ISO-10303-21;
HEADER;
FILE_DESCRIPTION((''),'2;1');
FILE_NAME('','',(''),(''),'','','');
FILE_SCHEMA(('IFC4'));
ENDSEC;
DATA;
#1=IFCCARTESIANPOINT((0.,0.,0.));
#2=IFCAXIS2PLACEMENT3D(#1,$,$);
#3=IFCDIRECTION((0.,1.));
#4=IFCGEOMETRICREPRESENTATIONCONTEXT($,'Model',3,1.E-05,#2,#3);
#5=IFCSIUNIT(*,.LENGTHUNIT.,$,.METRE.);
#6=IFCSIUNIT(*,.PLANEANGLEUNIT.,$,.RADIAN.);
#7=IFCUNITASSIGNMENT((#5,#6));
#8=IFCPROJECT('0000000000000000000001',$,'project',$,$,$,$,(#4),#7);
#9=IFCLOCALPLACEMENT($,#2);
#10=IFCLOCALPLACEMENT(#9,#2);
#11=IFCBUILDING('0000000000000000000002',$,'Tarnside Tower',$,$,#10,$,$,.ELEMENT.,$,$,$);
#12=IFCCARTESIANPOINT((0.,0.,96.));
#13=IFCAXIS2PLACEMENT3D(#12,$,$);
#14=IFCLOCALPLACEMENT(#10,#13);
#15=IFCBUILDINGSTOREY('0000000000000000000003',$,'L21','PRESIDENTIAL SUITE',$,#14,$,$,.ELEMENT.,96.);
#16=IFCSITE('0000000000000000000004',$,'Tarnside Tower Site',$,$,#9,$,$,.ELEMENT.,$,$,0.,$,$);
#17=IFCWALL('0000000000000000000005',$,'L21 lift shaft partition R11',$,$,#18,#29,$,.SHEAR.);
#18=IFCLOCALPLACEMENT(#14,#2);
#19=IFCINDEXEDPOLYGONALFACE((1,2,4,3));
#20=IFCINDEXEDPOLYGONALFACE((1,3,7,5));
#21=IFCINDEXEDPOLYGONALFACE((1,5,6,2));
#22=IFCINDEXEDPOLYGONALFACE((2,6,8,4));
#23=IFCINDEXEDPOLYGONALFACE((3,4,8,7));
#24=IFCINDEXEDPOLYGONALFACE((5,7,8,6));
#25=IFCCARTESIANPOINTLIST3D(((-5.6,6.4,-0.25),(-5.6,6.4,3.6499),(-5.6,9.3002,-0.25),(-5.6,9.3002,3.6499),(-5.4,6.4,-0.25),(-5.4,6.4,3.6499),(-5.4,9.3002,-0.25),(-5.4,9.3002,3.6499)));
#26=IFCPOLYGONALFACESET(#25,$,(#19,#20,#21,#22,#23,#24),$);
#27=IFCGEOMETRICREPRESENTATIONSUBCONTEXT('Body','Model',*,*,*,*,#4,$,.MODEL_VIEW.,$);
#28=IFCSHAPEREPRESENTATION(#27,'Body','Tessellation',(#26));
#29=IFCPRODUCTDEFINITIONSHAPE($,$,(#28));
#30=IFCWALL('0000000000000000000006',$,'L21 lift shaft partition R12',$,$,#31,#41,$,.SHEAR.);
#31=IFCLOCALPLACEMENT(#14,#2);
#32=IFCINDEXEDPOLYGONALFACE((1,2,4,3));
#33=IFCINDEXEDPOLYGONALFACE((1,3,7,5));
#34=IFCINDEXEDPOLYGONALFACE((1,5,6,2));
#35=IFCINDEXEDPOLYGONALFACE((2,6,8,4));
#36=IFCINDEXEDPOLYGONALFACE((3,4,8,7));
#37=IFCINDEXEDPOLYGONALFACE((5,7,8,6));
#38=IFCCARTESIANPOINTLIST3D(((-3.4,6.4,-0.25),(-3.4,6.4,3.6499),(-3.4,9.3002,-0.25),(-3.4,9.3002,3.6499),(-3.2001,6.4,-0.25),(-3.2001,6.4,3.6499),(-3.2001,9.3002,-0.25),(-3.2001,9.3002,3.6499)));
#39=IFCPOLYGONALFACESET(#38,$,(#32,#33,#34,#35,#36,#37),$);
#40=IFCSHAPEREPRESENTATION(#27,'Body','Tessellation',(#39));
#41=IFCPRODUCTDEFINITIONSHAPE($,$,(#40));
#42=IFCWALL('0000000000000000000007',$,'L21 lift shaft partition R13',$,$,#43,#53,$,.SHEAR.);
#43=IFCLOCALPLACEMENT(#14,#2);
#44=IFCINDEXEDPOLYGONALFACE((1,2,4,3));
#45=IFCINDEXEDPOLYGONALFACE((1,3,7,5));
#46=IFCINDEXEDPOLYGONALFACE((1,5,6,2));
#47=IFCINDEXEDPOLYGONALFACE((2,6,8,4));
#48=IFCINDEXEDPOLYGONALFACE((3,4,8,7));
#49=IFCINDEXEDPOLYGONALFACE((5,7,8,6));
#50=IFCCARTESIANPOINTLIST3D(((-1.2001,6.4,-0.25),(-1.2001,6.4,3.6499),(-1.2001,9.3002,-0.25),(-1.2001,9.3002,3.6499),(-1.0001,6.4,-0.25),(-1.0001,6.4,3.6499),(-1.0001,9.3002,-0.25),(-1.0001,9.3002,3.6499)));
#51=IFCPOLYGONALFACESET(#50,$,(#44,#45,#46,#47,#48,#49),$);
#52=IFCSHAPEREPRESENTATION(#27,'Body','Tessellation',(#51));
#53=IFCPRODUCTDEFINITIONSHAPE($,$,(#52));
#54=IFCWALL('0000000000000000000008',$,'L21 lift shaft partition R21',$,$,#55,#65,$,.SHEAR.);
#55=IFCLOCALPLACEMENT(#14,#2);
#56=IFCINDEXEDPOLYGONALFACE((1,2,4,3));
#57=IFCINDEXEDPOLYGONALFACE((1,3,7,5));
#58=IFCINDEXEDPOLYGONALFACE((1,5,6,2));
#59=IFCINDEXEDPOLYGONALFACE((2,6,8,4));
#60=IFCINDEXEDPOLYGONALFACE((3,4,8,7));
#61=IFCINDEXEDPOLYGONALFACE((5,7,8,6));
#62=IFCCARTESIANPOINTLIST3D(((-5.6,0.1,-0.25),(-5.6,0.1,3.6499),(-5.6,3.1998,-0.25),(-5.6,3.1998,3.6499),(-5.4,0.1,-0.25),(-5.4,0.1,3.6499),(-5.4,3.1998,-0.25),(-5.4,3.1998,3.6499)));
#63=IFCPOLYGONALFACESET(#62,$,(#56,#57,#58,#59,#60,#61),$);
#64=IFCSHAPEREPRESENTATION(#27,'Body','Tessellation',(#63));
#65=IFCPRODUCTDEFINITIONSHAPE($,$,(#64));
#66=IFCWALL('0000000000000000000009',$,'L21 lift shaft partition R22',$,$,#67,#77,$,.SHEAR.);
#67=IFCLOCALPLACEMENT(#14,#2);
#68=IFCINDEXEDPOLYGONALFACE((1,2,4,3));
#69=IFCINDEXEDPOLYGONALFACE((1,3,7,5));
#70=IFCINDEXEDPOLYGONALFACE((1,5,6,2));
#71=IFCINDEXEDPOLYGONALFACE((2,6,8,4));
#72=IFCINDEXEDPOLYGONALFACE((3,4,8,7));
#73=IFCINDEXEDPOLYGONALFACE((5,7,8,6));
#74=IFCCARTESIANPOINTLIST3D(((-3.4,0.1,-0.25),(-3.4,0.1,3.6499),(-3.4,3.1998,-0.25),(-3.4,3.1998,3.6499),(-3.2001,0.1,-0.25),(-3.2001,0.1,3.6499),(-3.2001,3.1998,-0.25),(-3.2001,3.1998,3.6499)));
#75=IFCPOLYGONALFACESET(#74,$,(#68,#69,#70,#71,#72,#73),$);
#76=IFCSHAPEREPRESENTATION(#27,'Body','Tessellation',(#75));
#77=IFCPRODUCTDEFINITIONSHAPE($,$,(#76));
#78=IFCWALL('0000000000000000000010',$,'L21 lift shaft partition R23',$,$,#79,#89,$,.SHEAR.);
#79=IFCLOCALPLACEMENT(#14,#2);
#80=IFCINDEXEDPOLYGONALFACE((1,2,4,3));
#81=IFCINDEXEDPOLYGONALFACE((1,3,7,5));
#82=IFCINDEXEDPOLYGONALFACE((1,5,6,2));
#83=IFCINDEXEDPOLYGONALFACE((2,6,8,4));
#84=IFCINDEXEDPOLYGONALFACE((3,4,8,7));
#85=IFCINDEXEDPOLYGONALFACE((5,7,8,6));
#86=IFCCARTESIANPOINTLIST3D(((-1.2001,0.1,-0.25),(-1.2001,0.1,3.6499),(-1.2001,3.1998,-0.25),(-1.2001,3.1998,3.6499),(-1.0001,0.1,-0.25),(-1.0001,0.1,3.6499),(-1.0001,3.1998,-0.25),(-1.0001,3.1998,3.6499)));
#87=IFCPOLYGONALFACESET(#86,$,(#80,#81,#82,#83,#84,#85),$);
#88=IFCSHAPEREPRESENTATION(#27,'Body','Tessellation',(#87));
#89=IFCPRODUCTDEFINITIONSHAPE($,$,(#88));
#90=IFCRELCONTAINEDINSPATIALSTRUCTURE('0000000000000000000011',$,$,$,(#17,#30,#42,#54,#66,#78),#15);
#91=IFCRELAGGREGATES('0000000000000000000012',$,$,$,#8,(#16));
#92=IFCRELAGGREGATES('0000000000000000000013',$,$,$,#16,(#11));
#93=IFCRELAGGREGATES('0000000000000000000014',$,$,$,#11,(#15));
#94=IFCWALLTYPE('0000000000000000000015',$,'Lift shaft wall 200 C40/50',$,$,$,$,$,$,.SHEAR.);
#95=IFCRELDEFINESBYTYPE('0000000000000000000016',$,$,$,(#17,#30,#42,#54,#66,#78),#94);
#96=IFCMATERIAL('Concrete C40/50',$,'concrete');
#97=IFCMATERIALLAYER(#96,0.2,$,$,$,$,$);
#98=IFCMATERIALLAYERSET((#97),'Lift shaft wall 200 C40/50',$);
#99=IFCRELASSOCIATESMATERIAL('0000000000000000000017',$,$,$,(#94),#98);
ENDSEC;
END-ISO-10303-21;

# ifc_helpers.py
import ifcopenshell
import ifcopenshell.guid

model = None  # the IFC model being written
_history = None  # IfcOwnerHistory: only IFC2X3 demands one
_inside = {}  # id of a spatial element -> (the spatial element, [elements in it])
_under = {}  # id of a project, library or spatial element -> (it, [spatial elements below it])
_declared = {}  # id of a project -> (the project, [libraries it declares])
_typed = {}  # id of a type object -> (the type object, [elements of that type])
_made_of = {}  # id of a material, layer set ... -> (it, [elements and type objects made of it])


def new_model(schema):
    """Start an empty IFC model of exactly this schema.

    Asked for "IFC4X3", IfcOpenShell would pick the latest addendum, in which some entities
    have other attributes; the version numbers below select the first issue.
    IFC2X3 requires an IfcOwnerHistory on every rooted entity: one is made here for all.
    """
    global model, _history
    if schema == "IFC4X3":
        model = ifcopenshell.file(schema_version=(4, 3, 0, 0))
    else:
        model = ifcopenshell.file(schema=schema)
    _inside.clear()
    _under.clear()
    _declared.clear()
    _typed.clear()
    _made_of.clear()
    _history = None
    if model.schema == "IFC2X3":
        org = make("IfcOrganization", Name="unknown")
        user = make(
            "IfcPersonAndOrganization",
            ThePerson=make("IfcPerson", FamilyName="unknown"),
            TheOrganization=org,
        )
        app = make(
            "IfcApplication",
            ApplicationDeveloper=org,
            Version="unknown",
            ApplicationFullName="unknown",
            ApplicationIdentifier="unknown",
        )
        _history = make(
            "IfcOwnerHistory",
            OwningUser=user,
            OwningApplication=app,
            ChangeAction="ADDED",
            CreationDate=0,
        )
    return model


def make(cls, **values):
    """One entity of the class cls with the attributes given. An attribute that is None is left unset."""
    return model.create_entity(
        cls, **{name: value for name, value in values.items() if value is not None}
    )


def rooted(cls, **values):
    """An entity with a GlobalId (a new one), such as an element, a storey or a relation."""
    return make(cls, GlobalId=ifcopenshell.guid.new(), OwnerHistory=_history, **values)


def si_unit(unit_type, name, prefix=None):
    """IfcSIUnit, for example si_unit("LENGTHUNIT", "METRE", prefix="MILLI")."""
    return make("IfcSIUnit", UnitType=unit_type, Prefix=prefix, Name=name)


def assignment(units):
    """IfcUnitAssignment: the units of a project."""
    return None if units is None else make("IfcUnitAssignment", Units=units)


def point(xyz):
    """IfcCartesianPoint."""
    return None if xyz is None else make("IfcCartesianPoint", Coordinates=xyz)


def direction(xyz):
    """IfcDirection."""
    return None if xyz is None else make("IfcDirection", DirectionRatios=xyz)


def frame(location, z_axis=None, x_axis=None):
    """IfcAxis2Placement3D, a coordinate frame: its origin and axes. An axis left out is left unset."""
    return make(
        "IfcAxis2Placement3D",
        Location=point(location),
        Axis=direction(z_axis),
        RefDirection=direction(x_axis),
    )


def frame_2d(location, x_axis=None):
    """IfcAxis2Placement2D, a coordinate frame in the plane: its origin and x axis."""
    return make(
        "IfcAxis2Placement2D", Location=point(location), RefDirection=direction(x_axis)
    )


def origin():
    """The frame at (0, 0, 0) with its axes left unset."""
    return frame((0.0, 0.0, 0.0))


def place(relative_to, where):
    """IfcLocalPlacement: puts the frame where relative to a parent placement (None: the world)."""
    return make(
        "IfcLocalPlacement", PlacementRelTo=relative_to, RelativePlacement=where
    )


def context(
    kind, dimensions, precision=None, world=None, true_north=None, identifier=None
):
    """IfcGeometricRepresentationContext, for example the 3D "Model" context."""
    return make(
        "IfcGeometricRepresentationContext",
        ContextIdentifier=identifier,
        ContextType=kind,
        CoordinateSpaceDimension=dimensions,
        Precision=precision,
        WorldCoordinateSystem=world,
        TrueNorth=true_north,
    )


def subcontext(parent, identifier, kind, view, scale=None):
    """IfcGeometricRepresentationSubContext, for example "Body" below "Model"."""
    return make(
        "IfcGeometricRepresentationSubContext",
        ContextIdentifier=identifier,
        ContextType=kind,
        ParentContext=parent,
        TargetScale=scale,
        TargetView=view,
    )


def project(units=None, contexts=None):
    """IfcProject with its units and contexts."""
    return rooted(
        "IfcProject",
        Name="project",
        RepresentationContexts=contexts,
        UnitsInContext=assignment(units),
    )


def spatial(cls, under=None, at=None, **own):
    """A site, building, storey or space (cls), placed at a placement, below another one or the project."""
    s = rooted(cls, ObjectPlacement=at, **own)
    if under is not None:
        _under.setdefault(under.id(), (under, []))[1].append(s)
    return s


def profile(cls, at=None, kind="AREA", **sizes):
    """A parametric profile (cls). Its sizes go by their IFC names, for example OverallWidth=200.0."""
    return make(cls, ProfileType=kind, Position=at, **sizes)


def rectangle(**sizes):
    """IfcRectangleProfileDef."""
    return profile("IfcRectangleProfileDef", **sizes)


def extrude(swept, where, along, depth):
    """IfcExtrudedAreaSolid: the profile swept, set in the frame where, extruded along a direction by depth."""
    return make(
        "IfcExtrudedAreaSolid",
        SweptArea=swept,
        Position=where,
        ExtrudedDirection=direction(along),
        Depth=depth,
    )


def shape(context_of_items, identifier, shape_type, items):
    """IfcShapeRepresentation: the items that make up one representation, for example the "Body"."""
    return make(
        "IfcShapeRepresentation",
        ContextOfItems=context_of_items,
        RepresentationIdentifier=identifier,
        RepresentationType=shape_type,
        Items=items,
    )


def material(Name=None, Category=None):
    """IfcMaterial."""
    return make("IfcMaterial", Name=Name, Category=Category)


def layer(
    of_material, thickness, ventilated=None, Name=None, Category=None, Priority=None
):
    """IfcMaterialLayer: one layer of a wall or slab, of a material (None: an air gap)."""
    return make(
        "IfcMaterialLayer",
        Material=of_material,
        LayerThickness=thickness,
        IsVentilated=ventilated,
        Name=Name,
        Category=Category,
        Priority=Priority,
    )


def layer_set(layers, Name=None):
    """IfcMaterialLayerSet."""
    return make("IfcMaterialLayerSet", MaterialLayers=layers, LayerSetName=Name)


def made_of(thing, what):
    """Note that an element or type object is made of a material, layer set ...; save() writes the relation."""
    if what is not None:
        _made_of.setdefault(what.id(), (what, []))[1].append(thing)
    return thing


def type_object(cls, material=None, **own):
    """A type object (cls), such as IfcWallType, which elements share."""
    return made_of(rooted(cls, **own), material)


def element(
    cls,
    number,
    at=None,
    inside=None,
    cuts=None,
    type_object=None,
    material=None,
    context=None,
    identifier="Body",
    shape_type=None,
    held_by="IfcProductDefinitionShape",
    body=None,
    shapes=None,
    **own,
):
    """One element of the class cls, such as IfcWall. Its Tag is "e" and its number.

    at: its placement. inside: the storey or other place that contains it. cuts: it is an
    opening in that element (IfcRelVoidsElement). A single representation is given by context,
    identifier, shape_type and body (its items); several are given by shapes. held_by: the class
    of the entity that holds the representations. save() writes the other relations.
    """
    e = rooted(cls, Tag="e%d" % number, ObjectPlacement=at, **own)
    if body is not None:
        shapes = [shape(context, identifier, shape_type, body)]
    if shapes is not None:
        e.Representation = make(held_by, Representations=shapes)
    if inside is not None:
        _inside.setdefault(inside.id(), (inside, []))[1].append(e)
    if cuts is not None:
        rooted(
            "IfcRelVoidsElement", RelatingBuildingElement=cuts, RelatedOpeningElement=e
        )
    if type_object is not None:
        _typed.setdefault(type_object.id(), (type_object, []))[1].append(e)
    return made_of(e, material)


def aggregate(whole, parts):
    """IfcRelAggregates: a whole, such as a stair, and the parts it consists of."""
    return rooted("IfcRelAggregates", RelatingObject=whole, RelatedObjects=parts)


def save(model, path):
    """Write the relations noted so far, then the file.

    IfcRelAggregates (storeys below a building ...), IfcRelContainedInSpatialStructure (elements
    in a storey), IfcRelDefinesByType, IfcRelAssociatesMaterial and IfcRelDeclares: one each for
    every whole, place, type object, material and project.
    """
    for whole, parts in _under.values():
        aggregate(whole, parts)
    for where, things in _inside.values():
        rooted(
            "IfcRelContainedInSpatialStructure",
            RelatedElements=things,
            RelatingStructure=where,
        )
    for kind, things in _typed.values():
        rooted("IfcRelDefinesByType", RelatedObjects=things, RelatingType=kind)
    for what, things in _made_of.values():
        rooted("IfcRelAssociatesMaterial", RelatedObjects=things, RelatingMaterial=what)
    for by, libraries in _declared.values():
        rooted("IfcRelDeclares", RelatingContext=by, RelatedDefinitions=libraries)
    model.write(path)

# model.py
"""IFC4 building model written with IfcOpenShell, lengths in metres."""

from ifc_helpers import new_model, si_unit, direction, frame, frame_2d, origin, place, context, subcontext, project, spatial, rectangle, extrude, material, layer, layer_set, type_object, element, save


model = new_model("IFC4")

# Units and contexts
model_context = context("Model", 3, precision=1e-05, world=origin(), true_north=direction((0.0, 1.0)))
body_context = subcontext(model_context, "Body", "Model", "MODEL_VIEW")
ifc_project = project(units=[si_unit("LENGTHUNIT", "METRE"), si_unit("PLANEANGLEUNIT", "RADIAN")], contexts=[model_context])

# Site, building, storey
site_placement = place(None, origin())
site = spatial("IfcSite", under=ifc_project, at=site_placement, Name="Tarnside Tower Site", CompositionType="ELEMENT", RefElevation=0.0)
building_placement = place(site_placement, origin())
building = spatial("IfcBuilding", under=site, at=building_placement, Name="Tarnside Tower", CompositionType="ELEMENT")
storey_placement = place(building_placement, frame((0.0, 0.0, 96.0)))
storey = spatial("IfcBuildingStorey", under=building, at=storey_placement, Name="L21", Description="PRESIDENTIAL SUITE", CompositionType="ELEMENT", Elevation=96.0)

# Shared definitions
ifc_material_1 = material(Name="Concrete C40/50", Category="concrete")

# Shared definitions
ifc_layer_1 = layer(ifc_material_1, 0.2)
ifc_layer_set_1 = layer_set([ifc_layer_1], Name="Lift shaft wall 200 C40/50")
wall_type = type_object("IfcWallType", Name="Lift shaft wall 200 C40/50", PredefinedType="SHEAR", material=ifc_layer_set_1)

# Walls
for number, where, z_axis, x_axis, name in (
    (1, (-5.5, 6.3999, -0.25), (0.0, 0.0, 1.0), (0.0, 1.0, 0.0), "L21 lift shaft partition R11"),
    (2, (-3.3, 6.3999, -0.25), (0.0, 0.0, 1.0), (0.0, 1.0, 0.0), "L21 lift shaft partition R12"),
    (3, (-1.1001, 6.3999, -0.25), (0.0, 0.0, 1.0), (0.0, 1.0, 0.0), "L21 lift shaft partition R13"),
):
    element("IfcWall", number, at=place(storey_placement, frame(where, z_axis=z_axis, x_axis=x_axis)), inside=storey, type_object=wall_type, Name=name, PredefinedType="SHEAR", context=body_context, shape_type="SweptSolid", body=[
        extrude(rectangle(XDim=2.9001, YDim=0.2, at=frame_2d((1.4502, 0.0))), origin(), (0.0, 0.0, 1.0), 3.8999),
    ])
for number, where, z_axis, x_axis, name in (
    (4, (-5.5, 0.1001, -0.25), (0.0, 0.0, 1.0), (0.0, 1.0, 0.0), "L21 lift shaft partition R21"),
    (5, (-3.3, 0.1001, -0.25), (0.0, 0.0, 1.0), (0.0, 1.0, 0.0), "L21 lift shaft partition R22"),
    (6, (-1.1001, 0.1001, -0.25), (0.0, 0.0, 1.0), (0.0, 1.0, 0.0), "L21 lift shaft partition R23"),
):
    element("IfcWall", number, at=place(storey_placement, frame(where, z_axis=z_axis, x_axis=x_axis)), inside=storey, type_object=wall_type, Name=name, PredefinedType="SHEAR", context=body_context, shape_type="SweptSolid", body=[
        extrude(rectangle(XDim=3.0999, YDim=0.2, at=frame_2d((1.5498, 0.0))), origin(), (0.0, 0.0, 1.0), 3.8999),
    ])

save(model, "model.ifc")
